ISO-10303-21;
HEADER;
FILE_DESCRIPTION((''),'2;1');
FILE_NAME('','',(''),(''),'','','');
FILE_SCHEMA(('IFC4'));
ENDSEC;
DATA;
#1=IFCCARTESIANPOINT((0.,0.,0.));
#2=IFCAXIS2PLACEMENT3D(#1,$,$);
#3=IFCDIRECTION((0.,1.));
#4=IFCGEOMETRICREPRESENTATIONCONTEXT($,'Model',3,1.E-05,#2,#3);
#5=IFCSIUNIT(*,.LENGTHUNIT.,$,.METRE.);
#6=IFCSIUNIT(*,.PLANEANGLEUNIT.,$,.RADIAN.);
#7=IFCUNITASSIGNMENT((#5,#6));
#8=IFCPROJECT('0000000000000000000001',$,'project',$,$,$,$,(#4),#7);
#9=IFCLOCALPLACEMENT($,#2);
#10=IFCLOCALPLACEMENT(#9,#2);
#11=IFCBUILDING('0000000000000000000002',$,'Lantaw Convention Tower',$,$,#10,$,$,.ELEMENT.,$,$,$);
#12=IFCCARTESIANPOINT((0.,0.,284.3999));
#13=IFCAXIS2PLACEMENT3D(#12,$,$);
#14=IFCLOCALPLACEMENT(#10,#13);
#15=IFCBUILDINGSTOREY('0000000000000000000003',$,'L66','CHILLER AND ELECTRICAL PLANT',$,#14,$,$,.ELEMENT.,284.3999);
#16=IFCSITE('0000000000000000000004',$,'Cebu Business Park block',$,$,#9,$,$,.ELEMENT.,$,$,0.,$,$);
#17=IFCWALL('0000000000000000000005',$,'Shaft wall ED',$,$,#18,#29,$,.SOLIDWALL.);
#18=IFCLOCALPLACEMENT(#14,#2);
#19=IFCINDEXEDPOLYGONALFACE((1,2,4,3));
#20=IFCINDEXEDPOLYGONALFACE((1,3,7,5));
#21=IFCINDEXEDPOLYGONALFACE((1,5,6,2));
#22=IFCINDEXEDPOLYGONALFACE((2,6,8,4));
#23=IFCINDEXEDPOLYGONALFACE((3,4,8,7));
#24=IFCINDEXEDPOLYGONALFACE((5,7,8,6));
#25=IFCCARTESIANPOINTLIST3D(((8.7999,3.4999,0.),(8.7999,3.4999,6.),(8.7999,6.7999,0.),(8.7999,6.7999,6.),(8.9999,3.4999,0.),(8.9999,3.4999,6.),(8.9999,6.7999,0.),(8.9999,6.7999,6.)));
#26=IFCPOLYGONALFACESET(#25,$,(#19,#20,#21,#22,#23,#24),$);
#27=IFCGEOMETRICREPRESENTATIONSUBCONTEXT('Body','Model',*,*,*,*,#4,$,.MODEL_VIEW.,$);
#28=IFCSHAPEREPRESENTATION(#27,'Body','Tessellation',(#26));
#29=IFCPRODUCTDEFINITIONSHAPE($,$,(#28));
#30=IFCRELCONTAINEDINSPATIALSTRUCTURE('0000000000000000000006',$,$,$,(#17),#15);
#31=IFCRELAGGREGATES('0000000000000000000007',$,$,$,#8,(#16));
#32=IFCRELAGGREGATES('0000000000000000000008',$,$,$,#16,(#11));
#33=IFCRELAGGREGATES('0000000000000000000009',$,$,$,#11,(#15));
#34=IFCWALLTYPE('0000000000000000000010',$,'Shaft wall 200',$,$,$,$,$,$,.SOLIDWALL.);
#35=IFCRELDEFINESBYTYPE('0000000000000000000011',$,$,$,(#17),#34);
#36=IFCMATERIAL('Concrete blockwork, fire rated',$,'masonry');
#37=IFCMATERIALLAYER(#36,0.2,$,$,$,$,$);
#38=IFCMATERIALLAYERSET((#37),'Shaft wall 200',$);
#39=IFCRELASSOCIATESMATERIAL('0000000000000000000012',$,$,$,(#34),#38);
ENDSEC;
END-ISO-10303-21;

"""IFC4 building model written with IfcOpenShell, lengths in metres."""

from ifc_helpers import new_model, si_unit, direction, frame, frame_2d, origin, place, context, subcontext, project, spatial, rectangle, extrude, material, layer, layer_set, type_object, element, save


model = new_model("IFC4")

# Units and contexts
model_context = context("Model", 3, precision=1e-05, world=origin(), true_north=direction((0.0, 1.0)))
body_context = subcontext(model_context, "Body", "Model", "MODEL_VIEW")
ifc_project = project(units=[si_unit("LENGTHUNIT", "METRE"), si_unit("PLANEANGLEUNIT", "RADIAN")], contexts=[model_context])

# Site, building, storey
site_placement = place(None, origin())
site = spatial("IfcSite", under=ifc_project, at=site_placement, Name="Cebu Business Park block", CompositionType="ELEMENT", RefElevation=0.0)
building_placement = place(site_placement, origin())
building = spatial("IfcBuilding", under=site, at=building_placement, Name="Lantaw Convention Tower", CompositionType="ELEMENT")
storey_placement = place(building_placement, frame((0.0, 0.0, 284.3999)))
storey = spatial("IfcBuildingStorey", under=building, at=storey_placement, Name="L66", Description="CHILLER AND ELECTRICAL PLANT", CompositionType="ELEMENT", Elevation=284.3999)

# Shared definitions
ifc_material_1 = material(Name="Concrete blockwork, fire rated", Category="masonry")

# Shared definitions
ifc_layer_1 = layer(ifc_material_1, 0.2)
ifc_layer_set_1 = layer_set([ifc_layer_1], Name="Shaft wall 200")
wall_type_1 = type_object("IfcWallType", Name="Shaft wall 200", PredefinedType="SOLIDWALL", material=ifc_layer_set_1)

# Wall
wall_1_placement = place(storey_placement, frame((8.8999, 3.5, 0.0), z_axis=(0.0, 0.0, 1.0), x_axis=(0.0, 1.0, 0.0)))
element("IfcWall", 1, at=wall_1_placement, inside=storey, type_object=wall_type_1, Name="Shaft wall ED", PredefinedType="SOLIDWALL", context=body_context, shape_type="SweptSolid", body=[
    extrude(rectangle(XDim=3.3, YDim=0.2, at=frame_2d((1.6499, 0.0))), origin(), (0.0, 0.0, 1.0), 6.0),
])

save(model, "model.ifc")
